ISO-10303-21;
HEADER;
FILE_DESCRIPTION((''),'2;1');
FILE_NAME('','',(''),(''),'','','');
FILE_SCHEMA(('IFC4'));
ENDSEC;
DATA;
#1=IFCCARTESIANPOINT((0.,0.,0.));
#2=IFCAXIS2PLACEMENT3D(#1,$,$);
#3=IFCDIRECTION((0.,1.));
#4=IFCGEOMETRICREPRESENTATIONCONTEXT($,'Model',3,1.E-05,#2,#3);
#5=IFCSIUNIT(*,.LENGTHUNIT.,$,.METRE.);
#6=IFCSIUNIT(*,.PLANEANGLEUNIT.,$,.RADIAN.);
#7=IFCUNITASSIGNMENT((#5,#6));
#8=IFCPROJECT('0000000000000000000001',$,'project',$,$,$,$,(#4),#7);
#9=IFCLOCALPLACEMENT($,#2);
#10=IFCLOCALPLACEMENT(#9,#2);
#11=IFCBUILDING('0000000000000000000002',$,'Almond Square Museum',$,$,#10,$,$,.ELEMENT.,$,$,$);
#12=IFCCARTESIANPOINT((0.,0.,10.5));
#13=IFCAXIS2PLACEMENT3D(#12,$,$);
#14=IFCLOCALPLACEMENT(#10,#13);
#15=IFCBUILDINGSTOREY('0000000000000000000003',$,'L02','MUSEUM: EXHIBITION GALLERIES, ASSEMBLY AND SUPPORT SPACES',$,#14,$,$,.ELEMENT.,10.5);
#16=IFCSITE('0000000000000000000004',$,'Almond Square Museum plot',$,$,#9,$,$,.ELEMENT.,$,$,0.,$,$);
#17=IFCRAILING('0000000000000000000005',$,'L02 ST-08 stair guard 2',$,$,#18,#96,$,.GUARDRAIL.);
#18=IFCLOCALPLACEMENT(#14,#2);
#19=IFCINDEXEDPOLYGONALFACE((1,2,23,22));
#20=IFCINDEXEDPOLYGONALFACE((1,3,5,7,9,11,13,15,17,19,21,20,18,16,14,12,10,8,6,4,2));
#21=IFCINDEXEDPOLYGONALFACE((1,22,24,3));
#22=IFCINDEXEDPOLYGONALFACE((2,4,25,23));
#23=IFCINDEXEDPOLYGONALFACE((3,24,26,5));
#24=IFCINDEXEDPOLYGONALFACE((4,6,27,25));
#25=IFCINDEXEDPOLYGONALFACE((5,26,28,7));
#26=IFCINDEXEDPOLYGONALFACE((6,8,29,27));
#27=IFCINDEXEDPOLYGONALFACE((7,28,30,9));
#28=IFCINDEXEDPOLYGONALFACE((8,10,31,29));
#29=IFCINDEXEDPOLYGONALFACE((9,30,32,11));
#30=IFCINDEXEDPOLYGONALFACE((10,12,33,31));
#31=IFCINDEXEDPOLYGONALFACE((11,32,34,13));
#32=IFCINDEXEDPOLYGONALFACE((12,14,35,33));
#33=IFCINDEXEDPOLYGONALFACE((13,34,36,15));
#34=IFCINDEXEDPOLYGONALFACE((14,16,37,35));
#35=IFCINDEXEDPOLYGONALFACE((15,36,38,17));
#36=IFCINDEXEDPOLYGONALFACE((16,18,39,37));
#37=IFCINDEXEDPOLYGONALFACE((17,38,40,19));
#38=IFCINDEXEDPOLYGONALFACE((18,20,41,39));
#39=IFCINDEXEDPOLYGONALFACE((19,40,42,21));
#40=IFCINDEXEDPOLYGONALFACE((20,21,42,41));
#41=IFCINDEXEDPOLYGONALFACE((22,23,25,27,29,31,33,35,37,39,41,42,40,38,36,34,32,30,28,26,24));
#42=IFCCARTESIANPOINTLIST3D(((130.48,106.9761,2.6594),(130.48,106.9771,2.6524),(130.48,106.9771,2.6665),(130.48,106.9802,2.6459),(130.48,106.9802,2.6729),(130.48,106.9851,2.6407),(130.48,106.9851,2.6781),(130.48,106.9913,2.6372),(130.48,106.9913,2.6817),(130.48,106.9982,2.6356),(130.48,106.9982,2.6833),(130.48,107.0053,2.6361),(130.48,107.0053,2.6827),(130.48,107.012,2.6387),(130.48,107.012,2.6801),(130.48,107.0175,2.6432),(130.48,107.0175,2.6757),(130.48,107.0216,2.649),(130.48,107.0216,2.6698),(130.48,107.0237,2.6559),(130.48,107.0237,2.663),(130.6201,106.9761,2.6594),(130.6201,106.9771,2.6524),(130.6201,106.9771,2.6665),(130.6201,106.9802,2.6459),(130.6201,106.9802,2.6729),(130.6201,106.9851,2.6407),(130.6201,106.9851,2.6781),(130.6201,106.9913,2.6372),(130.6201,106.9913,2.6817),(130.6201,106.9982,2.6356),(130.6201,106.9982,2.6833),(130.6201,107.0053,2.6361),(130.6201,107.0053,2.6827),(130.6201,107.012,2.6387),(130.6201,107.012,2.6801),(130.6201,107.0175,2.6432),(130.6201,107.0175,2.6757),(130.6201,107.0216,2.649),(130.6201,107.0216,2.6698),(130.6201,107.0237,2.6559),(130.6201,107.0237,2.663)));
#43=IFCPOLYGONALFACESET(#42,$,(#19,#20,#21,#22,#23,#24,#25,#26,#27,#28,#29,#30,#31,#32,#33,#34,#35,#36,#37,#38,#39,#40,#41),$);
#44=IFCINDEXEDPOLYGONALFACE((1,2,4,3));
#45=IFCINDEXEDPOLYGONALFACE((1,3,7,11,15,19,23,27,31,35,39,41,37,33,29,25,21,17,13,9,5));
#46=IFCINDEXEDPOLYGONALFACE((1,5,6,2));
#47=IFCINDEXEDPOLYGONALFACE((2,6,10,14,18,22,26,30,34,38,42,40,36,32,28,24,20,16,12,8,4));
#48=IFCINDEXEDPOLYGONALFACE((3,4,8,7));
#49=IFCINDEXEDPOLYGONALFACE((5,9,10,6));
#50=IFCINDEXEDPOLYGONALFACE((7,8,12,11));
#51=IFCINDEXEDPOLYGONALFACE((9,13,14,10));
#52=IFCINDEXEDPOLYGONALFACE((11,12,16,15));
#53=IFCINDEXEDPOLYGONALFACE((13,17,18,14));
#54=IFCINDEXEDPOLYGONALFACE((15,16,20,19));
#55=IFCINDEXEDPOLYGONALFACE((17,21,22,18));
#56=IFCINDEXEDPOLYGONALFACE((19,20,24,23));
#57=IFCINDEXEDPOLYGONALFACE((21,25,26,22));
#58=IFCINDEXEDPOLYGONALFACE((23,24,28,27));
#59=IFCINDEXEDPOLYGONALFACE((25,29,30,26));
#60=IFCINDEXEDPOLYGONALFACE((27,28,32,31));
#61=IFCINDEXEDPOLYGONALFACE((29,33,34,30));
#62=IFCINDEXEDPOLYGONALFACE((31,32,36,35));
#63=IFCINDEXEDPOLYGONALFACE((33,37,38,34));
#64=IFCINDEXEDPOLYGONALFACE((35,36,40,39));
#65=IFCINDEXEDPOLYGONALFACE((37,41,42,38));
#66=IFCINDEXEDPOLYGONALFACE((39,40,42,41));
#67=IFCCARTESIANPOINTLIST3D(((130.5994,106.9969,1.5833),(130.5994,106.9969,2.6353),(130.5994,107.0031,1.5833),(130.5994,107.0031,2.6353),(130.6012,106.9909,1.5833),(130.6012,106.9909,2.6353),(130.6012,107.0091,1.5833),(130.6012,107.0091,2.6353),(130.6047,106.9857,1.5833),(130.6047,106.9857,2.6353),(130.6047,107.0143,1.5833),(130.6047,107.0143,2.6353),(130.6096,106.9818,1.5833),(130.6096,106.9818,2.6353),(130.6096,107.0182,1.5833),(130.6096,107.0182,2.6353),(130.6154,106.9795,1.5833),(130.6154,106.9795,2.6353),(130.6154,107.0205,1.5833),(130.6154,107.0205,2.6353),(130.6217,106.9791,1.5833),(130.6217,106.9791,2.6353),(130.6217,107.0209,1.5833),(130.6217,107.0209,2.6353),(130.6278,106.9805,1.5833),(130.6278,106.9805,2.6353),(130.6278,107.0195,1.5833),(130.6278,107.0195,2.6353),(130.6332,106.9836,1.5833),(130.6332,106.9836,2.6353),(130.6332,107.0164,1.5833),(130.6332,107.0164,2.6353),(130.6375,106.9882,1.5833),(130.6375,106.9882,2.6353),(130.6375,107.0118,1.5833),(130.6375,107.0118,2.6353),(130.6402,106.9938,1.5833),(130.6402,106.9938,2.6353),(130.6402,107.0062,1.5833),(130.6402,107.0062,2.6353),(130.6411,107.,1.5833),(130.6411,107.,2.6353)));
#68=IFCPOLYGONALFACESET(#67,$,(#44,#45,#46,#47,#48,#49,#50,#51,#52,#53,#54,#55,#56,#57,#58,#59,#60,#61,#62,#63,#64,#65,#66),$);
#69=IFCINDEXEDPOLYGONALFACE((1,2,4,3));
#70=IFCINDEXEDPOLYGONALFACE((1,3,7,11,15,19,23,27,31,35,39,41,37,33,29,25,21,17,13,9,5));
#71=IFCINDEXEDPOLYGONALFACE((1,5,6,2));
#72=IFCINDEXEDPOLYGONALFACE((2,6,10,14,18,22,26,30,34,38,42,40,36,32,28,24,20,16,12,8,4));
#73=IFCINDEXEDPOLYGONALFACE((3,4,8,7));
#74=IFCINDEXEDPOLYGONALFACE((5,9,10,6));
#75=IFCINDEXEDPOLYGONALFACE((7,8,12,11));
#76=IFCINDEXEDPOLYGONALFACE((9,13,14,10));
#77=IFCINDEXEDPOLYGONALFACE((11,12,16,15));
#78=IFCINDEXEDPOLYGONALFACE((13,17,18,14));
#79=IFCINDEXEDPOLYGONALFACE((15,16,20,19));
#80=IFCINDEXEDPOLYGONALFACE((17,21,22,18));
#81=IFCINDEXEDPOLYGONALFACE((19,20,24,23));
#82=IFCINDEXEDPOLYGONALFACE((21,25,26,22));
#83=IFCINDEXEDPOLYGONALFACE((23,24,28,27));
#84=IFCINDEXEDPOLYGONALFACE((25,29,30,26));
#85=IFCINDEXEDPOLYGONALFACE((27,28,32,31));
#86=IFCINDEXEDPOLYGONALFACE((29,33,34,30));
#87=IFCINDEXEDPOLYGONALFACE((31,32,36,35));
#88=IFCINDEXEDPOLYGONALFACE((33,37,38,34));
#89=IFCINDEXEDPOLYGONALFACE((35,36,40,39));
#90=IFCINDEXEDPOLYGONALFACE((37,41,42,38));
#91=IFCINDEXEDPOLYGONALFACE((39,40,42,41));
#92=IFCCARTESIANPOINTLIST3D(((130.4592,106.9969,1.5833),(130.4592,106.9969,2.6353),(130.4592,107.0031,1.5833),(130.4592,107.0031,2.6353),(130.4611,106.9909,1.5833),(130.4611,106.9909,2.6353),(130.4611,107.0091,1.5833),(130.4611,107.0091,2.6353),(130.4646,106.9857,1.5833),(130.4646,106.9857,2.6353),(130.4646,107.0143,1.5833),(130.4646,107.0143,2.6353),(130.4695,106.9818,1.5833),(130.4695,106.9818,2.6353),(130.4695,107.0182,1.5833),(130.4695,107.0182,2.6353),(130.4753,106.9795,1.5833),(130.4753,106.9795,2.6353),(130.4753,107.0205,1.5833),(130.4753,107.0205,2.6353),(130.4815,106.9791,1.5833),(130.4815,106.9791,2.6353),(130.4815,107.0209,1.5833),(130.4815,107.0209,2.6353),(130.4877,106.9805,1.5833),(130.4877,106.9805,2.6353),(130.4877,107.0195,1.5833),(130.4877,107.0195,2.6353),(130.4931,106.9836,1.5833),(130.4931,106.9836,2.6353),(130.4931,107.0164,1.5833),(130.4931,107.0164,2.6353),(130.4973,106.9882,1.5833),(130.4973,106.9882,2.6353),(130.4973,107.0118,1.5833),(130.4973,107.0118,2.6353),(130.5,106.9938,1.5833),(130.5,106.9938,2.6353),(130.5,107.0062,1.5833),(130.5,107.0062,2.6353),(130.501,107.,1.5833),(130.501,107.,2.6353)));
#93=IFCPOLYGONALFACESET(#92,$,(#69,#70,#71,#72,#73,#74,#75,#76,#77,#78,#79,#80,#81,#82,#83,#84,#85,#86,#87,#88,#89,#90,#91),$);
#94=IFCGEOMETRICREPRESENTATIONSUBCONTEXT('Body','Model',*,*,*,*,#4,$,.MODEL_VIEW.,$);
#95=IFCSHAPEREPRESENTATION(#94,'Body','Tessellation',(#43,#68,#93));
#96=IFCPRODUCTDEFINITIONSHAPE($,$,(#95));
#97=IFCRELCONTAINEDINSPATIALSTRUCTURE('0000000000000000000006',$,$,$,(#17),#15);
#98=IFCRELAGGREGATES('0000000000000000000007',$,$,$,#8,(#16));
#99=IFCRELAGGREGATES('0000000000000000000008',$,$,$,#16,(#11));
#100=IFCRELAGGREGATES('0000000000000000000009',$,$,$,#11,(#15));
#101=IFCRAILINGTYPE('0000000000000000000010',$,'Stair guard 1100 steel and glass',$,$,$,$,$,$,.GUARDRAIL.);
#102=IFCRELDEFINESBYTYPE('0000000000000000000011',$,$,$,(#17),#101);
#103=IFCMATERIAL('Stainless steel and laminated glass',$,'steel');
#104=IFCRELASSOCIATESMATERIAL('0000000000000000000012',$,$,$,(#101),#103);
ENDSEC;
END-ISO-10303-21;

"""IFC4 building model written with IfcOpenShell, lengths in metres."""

from ifc_helpers import new_model, si_unit, direction, frame, origin, origin_2d, place, context, subcontext, project, spatial, circle, extrude, material, type_object, element, save


model = new_model("IFC4")

# Units and contexts
model_context = context("Model", 3, precision=1e-05, world=origin(), true_north=direction((0.0, 1.0)))
body_context = subcontext(model_context, "Body", "Model", "MODEL_VIEW")
ifc_project = project(units=[si_unit("LENGTHUNIT", "METRE"), si_unit("PLANEANGLEUNIT", "RADIAN")], contexts=[model_context])

# Site, building, storey
site_placement = place(None, origin())
site = spatial("IfcSite", under=ifc_project, at=site_placement, Name="Almond Square Museum plot", CompositionType="ELEMENT", RefElevation=0.0)
building_placement = place(site_placement, origin())
building = spatial("IfcBuilding", under=site, at=building_placement, Name="Almond Square Museum", CompositionType="ELEMENT")
storey_placement = place(building_placement, frame((0.0, 0.0, 10.5)))
storey = spatial("IfcBuildingStorey", under=building, at=storey_placement, Name="L02", Description="MUSEUM: EXHIBITION GALLERIES, ASSEMBLY AND SUPPORT SPACES", CompositionType="ELEMENT", Elevation=10.5)

# Railing
ifc_material_1 = material(Name="Stainless steel and laminated glass", Category="steel")
railing_type_1 = type_object("IfcRailingType", Name="Stair guard 1100 steel and glass", PredefinedType="GUARDRAIL", material=ifc_material_1)
railing_1_placement = place(storey_placement, frame((130.6201, 107.0, 1.5833)))
element("IfcRailing", 1, at=railing_1_placement, inside=storey, type_object=railing_type_1, Name="L02 ST-08 stair guard 2", PredefinedType="GUARDRAIL", context=body_context, shape_type="SweptSolid", body=[
    extrude(circle(Radius=0.0239, at=origin_2d()), frame((0.0, 0.0, 1.0762), z_axis=(-1.0, 0.0, 0.0), x_axis=(0.0, -1.0, 0.0)), (0.0, 0.0, 1.0), 0.1401),
    extrude(circle(Radius=0.021, at=origin_2d()), origin(), (0.0, 0.0, 1.0), 1.052),
    extrude(circle(Radius=0.021, at=origin_2d()), frame((-0.1401, 0.0, 0.0)), (0.0, 0.0, 1.0), 1.052),
])

save(model, "model.ifc")
